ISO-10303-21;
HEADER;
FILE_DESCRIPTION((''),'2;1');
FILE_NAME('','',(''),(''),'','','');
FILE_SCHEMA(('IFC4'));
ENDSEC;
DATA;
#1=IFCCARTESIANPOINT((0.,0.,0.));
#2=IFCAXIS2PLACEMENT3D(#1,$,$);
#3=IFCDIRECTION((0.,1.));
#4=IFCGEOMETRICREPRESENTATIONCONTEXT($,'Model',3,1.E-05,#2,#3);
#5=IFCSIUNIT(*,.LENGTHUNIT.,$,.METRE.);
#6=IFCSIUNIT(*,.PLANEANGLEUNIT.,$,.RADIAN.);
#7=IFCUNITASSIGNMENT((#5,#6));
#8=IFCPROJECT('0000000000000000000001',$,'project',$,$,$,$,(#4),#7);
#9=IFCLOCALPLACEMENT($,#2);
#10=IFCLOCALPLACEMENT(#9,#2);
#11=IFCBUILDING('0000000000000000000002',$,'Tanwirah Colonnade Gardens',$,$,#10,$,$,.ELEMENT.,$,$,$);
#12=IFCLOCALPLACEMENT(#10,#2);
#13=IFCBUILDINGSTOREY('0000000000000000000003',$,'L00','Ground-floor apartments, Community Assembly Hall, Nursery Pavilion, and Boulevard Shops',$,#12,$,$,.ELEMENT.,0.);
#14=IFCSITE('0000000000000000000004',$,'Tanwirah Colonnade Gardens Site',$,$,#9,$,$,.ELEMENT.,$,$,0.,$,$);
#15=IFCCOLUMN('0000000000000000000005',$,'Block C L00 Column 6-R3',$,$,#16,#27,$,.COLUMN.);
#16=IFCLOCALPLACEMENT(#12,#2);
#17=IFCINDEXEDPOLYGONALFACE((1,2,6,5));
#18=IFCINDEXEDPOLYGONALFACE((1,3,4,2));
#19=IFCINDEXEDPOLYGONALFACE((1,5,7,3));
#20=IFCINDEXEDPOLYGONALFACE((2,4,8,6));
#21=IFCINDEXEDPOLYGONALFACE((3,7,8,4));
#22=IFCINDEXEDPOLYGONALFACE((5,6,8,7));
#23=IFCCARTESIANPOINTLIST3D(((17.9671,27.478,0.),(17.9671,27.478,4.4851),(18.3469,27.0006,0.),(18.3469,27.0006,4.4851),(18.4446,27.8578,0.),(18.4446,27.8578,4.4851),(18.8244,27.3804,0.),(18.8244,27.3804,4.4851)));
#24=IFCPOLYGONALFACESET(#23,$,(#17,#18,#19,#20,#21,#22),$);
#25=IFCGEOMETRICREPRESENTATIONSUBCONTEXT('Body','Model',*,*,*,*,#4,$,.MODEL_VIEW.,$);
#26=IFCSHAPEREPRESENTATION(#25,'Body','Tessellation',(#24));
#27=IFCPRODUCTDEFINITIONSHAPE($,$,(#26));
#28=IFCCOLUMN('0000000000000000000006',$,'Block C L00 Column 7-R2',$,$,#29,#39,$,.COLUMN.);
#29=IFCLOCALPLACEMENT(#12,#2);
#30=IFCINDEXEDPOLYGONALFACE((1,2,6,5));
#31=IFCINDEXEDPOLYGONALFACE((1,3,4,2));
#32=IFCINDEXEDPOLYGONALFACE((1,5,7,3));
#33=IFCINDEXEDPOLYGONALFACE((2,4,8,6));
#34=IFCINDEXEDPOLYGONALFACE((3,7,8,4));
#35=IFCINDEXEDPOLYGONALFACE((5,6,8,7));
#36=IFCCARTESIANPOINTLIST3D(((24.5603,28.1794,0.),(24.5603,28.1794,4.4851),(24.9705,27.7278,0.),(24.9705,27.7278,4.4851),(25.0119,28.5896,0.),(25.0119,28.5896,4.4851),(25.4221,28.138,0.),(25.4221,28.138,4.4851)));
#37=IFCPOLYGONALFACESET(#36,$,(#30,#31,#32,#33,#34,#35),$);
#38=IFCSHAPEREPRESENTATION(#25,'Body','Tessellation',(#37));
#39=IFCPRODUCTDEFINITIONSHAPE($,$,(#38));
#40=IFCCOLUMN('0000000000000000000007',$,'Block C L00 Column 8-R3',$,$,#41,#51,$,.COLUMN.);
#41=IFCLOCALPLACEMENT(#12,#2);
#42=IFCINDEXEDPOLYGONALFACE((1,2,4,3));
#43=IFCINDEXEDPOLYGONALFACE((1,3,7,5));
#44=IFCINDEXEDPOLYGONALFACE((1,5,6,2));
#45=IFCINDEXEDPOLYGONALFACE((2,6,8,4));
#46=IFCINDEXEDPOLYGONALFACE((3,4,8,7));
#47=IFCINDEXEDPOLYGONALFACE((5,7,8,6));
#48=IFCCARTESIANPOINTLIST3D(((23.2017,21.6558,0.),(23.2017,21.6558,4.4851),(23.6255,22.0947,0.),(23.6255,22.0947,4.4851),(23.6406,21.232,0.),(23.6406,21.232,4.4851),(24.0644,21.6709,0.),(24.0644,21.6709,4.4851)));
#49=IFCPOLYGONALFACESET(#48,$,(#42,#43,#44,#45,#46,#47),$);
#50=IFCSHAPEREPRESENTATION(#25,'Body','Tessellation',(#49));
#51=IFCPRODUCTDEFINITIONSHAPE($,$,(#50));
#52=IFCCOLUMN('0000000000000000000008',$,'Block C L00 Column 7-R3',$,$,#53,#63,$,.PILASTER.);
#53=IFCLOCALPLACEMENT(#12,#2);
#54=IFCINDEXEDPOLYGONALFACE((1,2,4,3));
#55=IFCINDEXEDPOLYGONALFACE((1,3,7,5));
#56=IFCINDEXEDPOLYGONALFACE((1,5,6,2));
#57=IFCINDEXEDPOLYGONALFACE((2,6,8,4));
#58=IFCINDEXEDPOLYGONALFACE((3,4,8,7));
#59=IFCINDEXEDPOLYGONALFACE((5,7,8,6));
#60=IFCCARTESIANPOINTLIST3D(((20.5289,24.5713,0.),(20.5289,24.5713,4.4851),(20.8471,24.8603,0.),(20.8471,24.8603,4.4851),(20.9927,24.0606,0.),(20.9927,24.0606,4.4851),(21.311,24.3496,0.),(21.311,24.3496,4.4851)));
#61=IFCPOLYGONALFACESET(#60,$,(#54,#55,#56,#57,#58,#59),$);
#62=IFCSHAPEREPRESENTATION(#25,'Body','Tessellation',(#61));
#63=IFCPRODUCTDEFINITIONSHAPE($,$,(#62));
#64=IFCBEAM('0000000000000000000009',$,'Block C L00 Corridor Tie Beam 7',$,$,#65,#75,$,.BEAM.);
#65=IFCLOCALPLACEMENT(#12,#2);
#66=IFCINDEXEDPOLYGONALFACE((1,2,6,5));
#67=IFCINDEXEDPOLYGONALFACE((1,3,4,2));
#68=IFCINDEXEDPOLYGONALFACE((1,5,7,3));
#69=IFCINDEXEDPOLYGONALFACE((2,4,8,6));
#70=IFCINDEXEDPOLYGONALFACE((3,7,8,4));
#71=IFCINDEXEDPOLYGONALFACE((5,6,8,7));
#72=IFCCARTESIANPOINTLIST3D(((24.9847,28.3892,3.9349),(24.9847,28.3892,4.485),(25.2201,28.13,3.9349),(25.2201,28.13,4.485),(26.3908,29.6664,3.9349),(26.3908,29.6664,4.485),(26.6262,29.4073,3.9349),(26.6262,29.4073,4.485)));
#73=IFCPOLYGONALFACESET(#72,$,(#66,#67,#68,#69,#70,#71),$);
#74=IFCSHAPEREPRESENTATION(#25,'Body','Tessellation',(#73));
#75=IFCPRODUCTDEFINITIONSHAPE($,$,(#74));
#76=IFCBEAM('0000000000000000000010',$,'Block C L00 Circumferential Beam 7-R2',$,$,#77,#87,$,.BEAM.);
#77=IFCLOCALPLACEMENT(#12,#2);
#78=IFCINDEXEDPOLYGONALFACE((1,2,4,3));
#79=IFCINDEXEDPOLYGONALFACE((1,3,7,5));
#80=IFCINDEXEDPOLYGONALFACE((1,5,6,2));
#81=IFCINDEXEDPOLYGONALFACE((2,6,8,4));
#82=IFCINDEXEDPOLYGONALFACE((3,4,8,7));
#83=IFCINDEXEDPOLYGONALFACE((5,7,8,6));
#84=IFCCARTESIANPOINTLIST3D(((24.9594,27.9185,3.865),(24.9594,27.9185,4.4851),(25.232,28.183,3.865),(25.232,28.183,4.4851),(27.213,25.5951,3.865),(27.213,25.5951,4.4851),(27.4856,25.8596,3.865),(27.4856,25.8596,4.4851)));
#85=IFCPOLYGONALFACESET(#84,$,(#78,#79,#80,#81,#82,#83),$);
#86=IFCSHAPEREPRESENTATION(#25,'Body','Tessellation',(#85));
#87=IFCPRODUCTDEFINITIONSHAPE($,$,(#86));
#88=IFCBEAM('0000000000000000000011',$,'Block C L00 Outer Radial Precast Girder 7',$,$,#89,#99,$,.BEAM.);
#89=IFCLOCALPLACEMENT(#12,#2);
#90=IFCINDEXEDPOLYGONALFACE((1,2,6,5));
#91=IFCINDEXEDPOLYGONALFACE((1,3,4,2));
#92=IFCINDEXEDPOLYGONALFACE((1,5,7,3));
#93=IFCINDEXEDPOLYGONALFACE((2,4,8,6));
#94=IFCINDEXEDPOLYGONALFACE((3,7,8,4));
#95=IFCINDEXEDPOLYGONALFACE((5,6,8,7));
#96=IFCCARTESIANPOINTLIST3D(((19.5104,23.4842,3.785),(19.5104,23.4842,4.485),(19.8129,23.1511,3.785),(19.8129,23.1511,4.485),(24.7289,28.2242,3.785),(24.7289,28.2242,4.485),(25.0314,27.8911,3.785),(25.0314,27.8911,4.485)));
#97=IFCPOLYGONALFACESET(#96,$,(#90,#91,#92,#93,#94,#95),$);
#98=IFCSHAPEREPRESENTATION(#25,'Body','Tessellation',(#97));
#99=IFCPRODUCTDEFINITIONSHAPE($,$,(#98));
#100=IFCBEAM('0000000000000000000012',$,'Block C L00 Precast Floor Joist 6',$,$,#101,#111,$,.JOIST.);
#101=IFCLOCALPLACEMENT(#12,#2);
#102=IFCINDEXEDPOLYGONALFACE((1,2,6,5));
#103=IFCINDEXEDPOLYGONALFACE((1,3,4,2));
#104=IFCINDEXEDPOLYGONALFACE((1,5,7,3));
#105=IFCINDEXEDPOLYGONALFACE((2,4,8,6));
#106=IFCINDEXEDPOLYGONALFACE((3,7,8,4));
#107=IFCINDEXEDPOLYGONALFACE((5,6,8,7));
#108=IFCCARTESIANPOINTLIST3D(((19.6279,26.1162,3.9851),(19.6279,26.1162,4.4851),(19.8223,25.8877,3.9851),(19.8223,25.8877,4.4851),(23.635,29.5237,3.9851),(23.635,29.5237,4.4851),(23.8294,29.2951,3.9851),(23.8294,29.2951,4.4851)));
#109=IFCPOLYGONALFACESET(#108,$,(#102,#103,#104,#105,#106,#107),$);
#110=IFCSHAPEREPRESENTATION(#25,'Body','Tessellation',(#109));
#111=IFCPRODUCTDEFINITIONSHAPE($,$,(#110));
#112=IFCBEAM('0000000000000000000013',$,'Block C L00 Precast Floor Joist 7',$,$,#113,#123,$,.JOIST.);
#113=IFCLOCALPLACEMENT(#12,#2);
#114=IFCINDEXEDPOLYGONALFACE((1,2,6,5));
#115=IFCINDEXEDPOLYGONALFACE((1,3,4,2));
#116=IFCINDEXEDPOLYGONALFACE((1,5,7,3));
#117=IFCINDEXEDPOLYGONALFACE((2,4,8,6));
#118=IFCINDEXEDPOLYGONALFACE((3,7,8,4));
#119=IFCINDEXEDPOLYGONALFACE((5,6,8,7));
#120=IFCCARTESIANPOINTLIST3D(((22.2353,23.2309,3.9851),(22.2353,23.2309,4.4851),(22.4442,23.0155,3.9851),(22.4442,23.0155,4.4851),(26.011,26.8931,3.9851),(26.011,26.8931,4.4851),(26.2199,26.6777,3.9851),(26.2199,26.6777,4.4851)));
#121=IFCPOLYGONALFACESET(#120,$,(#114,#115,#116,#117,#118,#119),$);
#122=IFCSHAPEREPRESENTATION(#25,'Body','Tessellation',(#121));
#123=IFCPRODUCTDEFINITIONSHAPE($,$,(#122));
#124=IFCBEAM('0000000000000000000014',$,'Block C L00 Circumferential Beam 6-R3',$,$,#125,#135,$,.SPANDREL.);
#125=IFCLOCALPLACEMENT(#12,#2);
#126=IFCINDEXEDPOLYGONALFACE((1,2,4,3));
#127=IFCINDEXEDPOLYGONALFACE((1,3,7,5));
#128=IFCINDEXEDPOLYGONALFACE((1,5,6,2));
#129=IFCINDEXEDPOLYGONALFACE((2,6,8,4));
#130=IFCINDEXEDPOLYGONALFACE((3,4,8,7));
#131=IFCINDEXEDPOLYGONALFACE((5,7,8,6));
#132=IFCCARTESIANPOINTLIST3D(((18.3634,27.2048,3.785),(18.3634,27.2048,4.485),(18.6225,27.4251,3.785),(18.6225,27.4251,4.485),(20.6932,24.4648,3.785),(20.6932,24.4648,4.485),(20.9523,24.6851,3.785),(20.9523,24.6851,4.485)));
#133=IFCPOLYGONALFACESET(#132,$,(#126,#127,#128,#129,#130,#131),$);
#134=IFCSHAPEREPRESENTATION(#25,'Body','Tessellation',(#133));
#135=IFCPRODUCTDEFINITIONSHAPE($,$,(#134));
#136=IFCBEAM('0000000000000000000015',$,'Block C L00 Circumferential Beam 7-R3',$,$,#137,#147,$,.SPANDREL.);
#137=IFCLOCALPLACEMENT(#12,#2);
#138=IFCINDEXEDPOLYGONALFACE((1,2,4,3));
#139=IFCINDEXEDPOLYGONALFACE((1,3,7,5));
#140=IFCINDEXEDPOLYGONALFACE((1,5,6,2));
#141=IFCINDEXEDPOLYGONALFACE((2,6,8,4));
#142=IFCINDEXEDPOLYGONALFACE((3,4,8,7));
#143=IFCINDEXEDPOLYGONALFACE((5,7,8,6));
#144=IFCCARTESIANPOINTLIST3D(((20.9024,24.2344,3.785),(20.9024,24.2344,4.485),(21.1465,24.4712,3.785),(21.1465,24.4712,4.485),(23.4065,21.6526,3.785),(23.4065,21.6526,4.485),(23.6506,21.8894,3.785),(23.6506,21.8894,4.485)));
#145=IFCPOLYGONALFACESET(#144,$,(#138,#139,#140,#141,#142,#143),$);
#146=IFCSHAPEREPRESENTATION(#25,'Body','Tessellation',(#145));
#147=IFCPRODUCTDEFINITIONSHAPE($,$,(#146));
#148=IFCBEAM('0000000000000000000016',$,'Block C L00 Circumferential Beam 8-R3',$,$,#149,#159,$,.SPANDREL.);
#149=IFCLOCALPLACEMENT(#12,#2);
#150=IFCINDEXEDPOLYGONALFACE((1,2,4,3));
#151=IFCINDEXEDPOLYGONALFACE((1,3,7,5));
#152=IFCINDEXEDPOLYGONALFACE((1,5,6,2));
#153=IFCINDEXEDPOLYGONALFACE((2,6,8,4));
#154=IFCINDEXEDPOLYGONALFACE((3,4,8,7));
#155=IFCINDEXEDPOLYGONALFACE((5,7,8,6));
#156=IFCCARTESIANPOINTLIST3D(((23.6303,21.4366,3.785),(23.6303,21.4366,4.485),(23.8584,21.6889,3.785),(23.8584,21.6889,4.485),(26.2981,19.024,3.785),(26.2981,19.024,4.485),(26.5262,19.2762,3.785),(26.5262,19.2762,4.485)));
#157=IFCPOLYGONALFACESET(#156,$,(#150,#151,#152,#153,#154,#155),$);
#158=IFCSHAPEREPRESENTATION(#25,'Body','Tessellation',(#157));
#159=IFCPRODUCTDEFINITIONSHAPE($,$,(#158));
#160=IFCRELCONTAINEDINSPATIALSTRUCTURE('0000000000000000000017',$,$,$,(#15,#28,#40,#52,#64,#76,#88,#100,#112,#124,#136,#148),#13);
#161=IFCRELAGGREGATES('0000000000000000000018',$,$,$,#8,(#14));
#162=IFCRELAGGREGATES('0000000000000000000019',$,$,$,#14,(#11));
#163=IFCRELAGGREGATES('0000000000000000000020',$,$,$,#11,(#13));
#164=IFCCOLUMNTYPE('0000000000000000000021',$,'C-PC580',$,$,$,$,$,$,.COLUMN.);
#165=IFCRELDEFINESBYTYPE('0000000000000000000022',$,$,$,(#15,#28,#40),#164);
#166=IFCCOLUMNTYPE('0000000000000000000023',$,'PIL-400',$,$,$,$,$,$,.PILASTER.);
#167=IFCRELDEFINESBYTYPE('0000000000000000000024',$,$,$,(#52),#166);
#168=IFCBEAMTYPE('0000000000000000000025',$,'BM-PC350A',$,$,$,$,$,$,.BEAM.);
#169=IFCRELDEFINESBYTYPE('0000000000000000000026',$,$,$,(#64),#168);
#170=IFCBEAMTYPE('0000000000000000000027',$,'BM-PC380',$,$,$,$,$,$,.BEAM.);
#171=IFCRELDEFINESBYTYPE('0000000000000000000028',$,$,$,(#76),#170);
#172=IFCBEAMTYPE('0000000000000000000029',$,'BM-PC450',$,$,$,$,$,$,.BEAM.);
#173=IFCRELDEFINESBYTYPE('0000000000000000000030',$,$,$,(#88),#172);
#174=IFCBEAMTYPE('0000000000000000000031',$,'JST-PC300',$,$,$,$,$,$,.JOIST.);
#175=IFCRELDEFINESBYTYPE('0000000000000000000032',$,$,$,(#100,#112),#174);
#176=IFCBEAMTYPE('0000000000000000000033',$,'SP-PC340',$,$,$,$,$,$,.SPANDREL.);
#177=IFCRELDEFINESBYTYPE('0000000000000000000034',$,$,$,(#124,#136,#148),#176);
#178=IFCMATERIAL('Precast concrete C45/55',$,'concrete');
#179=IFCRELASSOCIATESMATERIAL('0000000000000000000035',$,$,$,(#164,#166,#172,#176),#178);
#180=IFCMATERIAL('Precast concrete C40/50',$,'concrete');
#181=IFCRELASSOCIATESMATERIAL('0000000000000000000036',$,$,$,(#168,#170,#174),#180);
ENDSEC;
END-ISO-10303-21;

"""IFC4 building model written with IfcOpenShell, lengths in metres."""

from ifc_helpers import new_model, si_unit, direction, frame, origin, origin_2d, place, context, subcontext, project, spatial, rectangle, extrude, material, material_profile, profile_set, type_object, element, save


model = new_model("IFC4")

# Units and contexts
model_context = context("Model", 3, precision=1e-05, world=origin(), true_north=direction((0.0, 1.0)))
body_context = subcontext(model_context, "Body", "Model", "MODEL_VIEW")
ifc_project = project(units=[si_unit("LENGTHUNIT", "METRE"), si_unit("PLANEANGLEUNIT", "RADIAN")], contexts=[model_context])

# Site, building, storey
site_placement = place(None, origin())
site = spatial("IfcSite", under=ifc_project, at=site_placement, Name="Tanwirah Colonnade Gardens Site", CompositionType="ELEMENT", RefElevation=0.0)
building_placement = place(site_placement, origin())
building = spatial("IfcBuilding", under=site, at=building_placement, Name="Tanwirah Colonnade Gardens", CompositionType="ELEMENT")
storey_placement = place(building_placement, origin())
storey = spatial("IfcBuildingStorey", under=building, at=storey_placement, Name="L00", Description="Ground-floor apartments, Community Assembly Hall, Nursery Pavilion, and Boulevard Shops", CompositionType="ELEMENT", Elevation=0.0)

# Columns
ifc_material_1 = material(Name="Precast concrete C45/55", Category="concrete")
ifc_material_profile_1 = material_profile(ifc_material_1, rectangle(XDim=0.6101, YDim=0.6101, at=origin_2d()), Name="PC-COL 610x610")
ifc_profile_set_1 = profile_set([ifc_material_profile_1], Name="Precast concrete C45/55")
column_type_1 = type_object("IfcColumnType", Name="C-PC580", PredefinedType="COLUMN", material=ifc_profile_set_1)
for number, where, z_axis, x_axis, name in (
    (1, (18.3958, 27.4292, 0.0), (0.0, 0.0, 1.0), (-0.782608, -0.622515, 0.0), "Block C L00 Column 6-R3"),
    (2, (24.9912, 28.1587, 0.0), (0.0, 0.0, 1.0), (-0.740218, -0.672367, 0.0), "Block C L00 Column 7-R2"),
    (3, (23.6331, 21.6633, 0.0), (0.0, 0.0, 1.0), (-0.694658, -0.71934, 0.0), "Block C L00 Column 8-R3"),
):
    element("IfcColumn", number, at=place(storey_placement, frame(where, z_axis=z_axis, x_axis=x_axis)), inside=storey, type_object=column_type_1, Name=name, PredefinedType="COLUMN", context=body_context, shape_type="SweptSolid", body=[
        extrude(rectangle(XDim=0.6101, YDim=0.6101, at=origin_2d()), origin(), (0.0, 0.0, 1.0), 4.4851),
    ])
ifc_material_profile_2 = material_profile(ifc_material_1, rectangle(XDim=0.4299, YDim=0.6899, at=origin_2d()), Name="PC-PIL 430x690")
ifc_profile_set_2 = profile_set([ifc_material_profile_2], Name="Precast concrete C45/55")
column_type_2 = type_object("IfcColumnType", Name="PIL-400", PredefinedType="PILASTER", material=ifc_profile_set_2)
column_placement = place(storey_placement, frame((20.9199, 24.4604, 0.0), z_axis=(0.0, 0.0, 1.0), x_axis=(-0.740218, -0.672367, 0.0)))
element("IfcColumn", 4, at=column_placement, inside=storey, type_object=column_type_2, Name="Block C L00 Column 7-R3", PredefinedType="PILASTER", context=body_context, shape_type="SweptSolid", body=[
    extrude(rectangle(XDim=0.4299, YDim=0.6899, at=origin_2d()), origin(), (0.0, 0.0, 1.0), 4.4851),
])

# Beams
ifc_material_2 = material(Name="Precast concrete C40/50", Category="concrete")
ifc_material_profile_3 = material_profile(ifc_material_2, rectangle(XDim=0.3501, YDim=0.55, at=origin_2d()), Name="PC-BM 350x550")
ifc_profile_set_3 = profile_set([ifc_material_profile_3], Name="Precast concrete C40/50")
beam_type_1 = type_object("IfcBeamType", Name="BM-PC350A", PredefinedType="BEAM", material=ifc_profile_set_3)
beam_1_placement = place(storey_placement, frame((26.5085, 29.5369, 4.21), z_axis=(-0.740219, -0.672366, 0.0), x_axis=(0.672366, -0.740219, 0.0)))
element("IfcBeam", 5, at=beam_1_placement, inside=storey, type_object=beam_type_1, Name="Block C L00 Corridor Tie Beam 7", PredefinedType="BEAM", context=body_context, shape_type="SweptSolid", body=[
    extrude(rectangle(XDim=0.3501, YDim=0.55, at=origin_2d()), origin(), (0.0, 0.0, 1.0), 1.8997),
])
ifc_material_profile_4 = material_profile(ifc_material_2, rectangle(XDim=0.3799, YDim=0.6201, at=origin_2d()), Name="PC-BM 380x620")
ifc_profile_set_4 = profile_set([ifc_material_profile_4], Name="Precast concrete C40/50")
beam_type_2 = type_object("IfcBeamType", Name="BM-PC380", PredefinedType="BEAM", material=ifc_profile_set_4)
beam_2_placement = place(storey_placement, frame((25.0957, 28.0508, 4.175), z_axis=(0.696239, -0.71781, 0.0), x_axis=(0.71781, 0.696239, 0.0)))
element("IfcBeam", 6, at=beam_2_placement, inside=storey, type_object=beam_type_2, Name="Block C L00 Circumferential Beam 7-R2", PredefinedType="BEAM", context=body_context, shape_type="SweptSolid", body=[
    extrude(rectangle(XDim=0.3799, YDim=0.6201, at=origin_2d()), origin(), (0.0, 0.0, 1.0), 3.2368),
])
ifc_material_profile_5 = material_profile(ifc_material_1, rectangle(XDim=0.45, YDim=0.7, at=origin_2d()), Name="PC-BM 450x700")
ifc_profile_set_5 = profile_set([ifc_material_profile_5], Name="Precast concrete C45/55")
beam_type_3 = type_object("IfcBeamType", Name="BM-PC450", PredefinedType="BEAM", material=ifc_profile_set_5)
beam_3_placement = place(storey_placement, frame((24.8801, 28.0576, 4.135), z_axis=(-0.74023, -0.672354, 0.0), x_axis=(0.672354, -0.74023, 0.0)))
element("IfcBeam", 7, at=beam_3_placement, inside=storey, type_object=beam_type_3, Name="Block C L00 Outer Radial Precast Girder 7", PredefinedType="BEAM", context=body_context, shape_type="SweptSolid", body=[
    extrude(rectangle(XDim=0.45, YDim=0.7, at=origin_2d()), origin(), (0.0, 0.0, 1.0), 7.0498),
])
ifc_material_profile_6 = material_profile(ifc_material_2, rectangle(XDim=0.3, YDim=0.5, at=origin_2d()), Name="PC-JST 300x500")
ifc_profile_set_6 = profile_set([ifc_material_profile_6], Name="Precast concrete C40/50")
beam_type_4 = type_object("IfcBeamType", Name="JST-PC300", PredefinedType="JOIST", material=ifc_profile_set_6)
for number, where, z_axis, x_axis, name in (
    (8, (23.7322, 29.4094, 4.2351), (-0.761803, -0.647809, 0.0), (0.647809, -0.761803, 0.0), "Block C L00 Precast Floor Joist 6"),
    (9, (26.1155, 26.7854, 4.2351), (-0.717816, -0.696233, 0.0), (0.696233, -0.717816, 0.0), "Block C L00 Precast Floor Joist 7"),
):
    element("IfcBeam", number, at=place(storey_placement, frame(where, z_axis=z_axis, x_axis=x_axis)), inside=storey, type_object=beam_type_4, Name=name, PredefinedType="JOIST", context=body_context, shape_type="SweptSolid", body=[
        extrude(rectangle(XDim=0.3, YDim=0.5, at=origin_2d()), origin(), (0.0, 0.0, 1.0), 5.26),
    ])
ifc_material_profile_7 = material_profile(ifc_material_1, rectangle(XDim=0.3401, YDim=0.7, at=origin_2d()), Name="PC-SP 340x700")
ifc_profile_set_7 = profile_set([ifc_material_profile_7], Name="Precast concrete C45/55")
beam_type_5 = type_object("IfcBeamType", Name="SP-PC340", PredefinedType="SPANDREL", material=ifc_profile_set_7)
for number, where, z_axis, x_axis, name in (
    (10, (18.4929, 27.3149, 4.135), (0.647784, -0.761824, 0.0), (0.761824, 0.647784, 0.0), "Block C L00 Circumferential Beam 6-R3"),
    (11, (21.0244, 24.3528, 4.135), (0.696232, -0.717817, 0.0), (0.717817, 0.696232, 0.0), "Block C L00 Circumferential Beam 7-R3"),
):
    element("IfcBeam", number, at=place(storey_placement, frame(where, z_axis=z_axis, x_axis=x_axis)), inside=storey, type_object=beam_type_5, Name=name, PredefinedType="SPANDREL", context=body_context, shape_type="SweptSolid", body=[
        extrude(rectangle(XDim=0.3401, YDim=0.7, at=origin_2d()), origin(), (0.0, 0.0, 1.0), 3.5967),
    ])
beam_4_placement = place(storey_placement, frame((23.7444, 21.5627, 4.135), z_axis=(0.741682, -0.670752, 0.0), x_axis=(0.670752, 0.741682, 0.0)))
element("IfcBeam", 12, at=beam_4_placement, inside=storey, type_object=beam_type_5, Name="Block C L00 Circumferential Beam 8-R3", PredefinedType="SPANDREL", context=body_context, shape_type="SweptSolid", body=[
    extrude(rectangle(XDim=0.3401, YDim=0.7, at=origin_2d()), origin(), (0.0, 0.0, 1.0), 3.5969),
])

save(model, "model.ifc")
